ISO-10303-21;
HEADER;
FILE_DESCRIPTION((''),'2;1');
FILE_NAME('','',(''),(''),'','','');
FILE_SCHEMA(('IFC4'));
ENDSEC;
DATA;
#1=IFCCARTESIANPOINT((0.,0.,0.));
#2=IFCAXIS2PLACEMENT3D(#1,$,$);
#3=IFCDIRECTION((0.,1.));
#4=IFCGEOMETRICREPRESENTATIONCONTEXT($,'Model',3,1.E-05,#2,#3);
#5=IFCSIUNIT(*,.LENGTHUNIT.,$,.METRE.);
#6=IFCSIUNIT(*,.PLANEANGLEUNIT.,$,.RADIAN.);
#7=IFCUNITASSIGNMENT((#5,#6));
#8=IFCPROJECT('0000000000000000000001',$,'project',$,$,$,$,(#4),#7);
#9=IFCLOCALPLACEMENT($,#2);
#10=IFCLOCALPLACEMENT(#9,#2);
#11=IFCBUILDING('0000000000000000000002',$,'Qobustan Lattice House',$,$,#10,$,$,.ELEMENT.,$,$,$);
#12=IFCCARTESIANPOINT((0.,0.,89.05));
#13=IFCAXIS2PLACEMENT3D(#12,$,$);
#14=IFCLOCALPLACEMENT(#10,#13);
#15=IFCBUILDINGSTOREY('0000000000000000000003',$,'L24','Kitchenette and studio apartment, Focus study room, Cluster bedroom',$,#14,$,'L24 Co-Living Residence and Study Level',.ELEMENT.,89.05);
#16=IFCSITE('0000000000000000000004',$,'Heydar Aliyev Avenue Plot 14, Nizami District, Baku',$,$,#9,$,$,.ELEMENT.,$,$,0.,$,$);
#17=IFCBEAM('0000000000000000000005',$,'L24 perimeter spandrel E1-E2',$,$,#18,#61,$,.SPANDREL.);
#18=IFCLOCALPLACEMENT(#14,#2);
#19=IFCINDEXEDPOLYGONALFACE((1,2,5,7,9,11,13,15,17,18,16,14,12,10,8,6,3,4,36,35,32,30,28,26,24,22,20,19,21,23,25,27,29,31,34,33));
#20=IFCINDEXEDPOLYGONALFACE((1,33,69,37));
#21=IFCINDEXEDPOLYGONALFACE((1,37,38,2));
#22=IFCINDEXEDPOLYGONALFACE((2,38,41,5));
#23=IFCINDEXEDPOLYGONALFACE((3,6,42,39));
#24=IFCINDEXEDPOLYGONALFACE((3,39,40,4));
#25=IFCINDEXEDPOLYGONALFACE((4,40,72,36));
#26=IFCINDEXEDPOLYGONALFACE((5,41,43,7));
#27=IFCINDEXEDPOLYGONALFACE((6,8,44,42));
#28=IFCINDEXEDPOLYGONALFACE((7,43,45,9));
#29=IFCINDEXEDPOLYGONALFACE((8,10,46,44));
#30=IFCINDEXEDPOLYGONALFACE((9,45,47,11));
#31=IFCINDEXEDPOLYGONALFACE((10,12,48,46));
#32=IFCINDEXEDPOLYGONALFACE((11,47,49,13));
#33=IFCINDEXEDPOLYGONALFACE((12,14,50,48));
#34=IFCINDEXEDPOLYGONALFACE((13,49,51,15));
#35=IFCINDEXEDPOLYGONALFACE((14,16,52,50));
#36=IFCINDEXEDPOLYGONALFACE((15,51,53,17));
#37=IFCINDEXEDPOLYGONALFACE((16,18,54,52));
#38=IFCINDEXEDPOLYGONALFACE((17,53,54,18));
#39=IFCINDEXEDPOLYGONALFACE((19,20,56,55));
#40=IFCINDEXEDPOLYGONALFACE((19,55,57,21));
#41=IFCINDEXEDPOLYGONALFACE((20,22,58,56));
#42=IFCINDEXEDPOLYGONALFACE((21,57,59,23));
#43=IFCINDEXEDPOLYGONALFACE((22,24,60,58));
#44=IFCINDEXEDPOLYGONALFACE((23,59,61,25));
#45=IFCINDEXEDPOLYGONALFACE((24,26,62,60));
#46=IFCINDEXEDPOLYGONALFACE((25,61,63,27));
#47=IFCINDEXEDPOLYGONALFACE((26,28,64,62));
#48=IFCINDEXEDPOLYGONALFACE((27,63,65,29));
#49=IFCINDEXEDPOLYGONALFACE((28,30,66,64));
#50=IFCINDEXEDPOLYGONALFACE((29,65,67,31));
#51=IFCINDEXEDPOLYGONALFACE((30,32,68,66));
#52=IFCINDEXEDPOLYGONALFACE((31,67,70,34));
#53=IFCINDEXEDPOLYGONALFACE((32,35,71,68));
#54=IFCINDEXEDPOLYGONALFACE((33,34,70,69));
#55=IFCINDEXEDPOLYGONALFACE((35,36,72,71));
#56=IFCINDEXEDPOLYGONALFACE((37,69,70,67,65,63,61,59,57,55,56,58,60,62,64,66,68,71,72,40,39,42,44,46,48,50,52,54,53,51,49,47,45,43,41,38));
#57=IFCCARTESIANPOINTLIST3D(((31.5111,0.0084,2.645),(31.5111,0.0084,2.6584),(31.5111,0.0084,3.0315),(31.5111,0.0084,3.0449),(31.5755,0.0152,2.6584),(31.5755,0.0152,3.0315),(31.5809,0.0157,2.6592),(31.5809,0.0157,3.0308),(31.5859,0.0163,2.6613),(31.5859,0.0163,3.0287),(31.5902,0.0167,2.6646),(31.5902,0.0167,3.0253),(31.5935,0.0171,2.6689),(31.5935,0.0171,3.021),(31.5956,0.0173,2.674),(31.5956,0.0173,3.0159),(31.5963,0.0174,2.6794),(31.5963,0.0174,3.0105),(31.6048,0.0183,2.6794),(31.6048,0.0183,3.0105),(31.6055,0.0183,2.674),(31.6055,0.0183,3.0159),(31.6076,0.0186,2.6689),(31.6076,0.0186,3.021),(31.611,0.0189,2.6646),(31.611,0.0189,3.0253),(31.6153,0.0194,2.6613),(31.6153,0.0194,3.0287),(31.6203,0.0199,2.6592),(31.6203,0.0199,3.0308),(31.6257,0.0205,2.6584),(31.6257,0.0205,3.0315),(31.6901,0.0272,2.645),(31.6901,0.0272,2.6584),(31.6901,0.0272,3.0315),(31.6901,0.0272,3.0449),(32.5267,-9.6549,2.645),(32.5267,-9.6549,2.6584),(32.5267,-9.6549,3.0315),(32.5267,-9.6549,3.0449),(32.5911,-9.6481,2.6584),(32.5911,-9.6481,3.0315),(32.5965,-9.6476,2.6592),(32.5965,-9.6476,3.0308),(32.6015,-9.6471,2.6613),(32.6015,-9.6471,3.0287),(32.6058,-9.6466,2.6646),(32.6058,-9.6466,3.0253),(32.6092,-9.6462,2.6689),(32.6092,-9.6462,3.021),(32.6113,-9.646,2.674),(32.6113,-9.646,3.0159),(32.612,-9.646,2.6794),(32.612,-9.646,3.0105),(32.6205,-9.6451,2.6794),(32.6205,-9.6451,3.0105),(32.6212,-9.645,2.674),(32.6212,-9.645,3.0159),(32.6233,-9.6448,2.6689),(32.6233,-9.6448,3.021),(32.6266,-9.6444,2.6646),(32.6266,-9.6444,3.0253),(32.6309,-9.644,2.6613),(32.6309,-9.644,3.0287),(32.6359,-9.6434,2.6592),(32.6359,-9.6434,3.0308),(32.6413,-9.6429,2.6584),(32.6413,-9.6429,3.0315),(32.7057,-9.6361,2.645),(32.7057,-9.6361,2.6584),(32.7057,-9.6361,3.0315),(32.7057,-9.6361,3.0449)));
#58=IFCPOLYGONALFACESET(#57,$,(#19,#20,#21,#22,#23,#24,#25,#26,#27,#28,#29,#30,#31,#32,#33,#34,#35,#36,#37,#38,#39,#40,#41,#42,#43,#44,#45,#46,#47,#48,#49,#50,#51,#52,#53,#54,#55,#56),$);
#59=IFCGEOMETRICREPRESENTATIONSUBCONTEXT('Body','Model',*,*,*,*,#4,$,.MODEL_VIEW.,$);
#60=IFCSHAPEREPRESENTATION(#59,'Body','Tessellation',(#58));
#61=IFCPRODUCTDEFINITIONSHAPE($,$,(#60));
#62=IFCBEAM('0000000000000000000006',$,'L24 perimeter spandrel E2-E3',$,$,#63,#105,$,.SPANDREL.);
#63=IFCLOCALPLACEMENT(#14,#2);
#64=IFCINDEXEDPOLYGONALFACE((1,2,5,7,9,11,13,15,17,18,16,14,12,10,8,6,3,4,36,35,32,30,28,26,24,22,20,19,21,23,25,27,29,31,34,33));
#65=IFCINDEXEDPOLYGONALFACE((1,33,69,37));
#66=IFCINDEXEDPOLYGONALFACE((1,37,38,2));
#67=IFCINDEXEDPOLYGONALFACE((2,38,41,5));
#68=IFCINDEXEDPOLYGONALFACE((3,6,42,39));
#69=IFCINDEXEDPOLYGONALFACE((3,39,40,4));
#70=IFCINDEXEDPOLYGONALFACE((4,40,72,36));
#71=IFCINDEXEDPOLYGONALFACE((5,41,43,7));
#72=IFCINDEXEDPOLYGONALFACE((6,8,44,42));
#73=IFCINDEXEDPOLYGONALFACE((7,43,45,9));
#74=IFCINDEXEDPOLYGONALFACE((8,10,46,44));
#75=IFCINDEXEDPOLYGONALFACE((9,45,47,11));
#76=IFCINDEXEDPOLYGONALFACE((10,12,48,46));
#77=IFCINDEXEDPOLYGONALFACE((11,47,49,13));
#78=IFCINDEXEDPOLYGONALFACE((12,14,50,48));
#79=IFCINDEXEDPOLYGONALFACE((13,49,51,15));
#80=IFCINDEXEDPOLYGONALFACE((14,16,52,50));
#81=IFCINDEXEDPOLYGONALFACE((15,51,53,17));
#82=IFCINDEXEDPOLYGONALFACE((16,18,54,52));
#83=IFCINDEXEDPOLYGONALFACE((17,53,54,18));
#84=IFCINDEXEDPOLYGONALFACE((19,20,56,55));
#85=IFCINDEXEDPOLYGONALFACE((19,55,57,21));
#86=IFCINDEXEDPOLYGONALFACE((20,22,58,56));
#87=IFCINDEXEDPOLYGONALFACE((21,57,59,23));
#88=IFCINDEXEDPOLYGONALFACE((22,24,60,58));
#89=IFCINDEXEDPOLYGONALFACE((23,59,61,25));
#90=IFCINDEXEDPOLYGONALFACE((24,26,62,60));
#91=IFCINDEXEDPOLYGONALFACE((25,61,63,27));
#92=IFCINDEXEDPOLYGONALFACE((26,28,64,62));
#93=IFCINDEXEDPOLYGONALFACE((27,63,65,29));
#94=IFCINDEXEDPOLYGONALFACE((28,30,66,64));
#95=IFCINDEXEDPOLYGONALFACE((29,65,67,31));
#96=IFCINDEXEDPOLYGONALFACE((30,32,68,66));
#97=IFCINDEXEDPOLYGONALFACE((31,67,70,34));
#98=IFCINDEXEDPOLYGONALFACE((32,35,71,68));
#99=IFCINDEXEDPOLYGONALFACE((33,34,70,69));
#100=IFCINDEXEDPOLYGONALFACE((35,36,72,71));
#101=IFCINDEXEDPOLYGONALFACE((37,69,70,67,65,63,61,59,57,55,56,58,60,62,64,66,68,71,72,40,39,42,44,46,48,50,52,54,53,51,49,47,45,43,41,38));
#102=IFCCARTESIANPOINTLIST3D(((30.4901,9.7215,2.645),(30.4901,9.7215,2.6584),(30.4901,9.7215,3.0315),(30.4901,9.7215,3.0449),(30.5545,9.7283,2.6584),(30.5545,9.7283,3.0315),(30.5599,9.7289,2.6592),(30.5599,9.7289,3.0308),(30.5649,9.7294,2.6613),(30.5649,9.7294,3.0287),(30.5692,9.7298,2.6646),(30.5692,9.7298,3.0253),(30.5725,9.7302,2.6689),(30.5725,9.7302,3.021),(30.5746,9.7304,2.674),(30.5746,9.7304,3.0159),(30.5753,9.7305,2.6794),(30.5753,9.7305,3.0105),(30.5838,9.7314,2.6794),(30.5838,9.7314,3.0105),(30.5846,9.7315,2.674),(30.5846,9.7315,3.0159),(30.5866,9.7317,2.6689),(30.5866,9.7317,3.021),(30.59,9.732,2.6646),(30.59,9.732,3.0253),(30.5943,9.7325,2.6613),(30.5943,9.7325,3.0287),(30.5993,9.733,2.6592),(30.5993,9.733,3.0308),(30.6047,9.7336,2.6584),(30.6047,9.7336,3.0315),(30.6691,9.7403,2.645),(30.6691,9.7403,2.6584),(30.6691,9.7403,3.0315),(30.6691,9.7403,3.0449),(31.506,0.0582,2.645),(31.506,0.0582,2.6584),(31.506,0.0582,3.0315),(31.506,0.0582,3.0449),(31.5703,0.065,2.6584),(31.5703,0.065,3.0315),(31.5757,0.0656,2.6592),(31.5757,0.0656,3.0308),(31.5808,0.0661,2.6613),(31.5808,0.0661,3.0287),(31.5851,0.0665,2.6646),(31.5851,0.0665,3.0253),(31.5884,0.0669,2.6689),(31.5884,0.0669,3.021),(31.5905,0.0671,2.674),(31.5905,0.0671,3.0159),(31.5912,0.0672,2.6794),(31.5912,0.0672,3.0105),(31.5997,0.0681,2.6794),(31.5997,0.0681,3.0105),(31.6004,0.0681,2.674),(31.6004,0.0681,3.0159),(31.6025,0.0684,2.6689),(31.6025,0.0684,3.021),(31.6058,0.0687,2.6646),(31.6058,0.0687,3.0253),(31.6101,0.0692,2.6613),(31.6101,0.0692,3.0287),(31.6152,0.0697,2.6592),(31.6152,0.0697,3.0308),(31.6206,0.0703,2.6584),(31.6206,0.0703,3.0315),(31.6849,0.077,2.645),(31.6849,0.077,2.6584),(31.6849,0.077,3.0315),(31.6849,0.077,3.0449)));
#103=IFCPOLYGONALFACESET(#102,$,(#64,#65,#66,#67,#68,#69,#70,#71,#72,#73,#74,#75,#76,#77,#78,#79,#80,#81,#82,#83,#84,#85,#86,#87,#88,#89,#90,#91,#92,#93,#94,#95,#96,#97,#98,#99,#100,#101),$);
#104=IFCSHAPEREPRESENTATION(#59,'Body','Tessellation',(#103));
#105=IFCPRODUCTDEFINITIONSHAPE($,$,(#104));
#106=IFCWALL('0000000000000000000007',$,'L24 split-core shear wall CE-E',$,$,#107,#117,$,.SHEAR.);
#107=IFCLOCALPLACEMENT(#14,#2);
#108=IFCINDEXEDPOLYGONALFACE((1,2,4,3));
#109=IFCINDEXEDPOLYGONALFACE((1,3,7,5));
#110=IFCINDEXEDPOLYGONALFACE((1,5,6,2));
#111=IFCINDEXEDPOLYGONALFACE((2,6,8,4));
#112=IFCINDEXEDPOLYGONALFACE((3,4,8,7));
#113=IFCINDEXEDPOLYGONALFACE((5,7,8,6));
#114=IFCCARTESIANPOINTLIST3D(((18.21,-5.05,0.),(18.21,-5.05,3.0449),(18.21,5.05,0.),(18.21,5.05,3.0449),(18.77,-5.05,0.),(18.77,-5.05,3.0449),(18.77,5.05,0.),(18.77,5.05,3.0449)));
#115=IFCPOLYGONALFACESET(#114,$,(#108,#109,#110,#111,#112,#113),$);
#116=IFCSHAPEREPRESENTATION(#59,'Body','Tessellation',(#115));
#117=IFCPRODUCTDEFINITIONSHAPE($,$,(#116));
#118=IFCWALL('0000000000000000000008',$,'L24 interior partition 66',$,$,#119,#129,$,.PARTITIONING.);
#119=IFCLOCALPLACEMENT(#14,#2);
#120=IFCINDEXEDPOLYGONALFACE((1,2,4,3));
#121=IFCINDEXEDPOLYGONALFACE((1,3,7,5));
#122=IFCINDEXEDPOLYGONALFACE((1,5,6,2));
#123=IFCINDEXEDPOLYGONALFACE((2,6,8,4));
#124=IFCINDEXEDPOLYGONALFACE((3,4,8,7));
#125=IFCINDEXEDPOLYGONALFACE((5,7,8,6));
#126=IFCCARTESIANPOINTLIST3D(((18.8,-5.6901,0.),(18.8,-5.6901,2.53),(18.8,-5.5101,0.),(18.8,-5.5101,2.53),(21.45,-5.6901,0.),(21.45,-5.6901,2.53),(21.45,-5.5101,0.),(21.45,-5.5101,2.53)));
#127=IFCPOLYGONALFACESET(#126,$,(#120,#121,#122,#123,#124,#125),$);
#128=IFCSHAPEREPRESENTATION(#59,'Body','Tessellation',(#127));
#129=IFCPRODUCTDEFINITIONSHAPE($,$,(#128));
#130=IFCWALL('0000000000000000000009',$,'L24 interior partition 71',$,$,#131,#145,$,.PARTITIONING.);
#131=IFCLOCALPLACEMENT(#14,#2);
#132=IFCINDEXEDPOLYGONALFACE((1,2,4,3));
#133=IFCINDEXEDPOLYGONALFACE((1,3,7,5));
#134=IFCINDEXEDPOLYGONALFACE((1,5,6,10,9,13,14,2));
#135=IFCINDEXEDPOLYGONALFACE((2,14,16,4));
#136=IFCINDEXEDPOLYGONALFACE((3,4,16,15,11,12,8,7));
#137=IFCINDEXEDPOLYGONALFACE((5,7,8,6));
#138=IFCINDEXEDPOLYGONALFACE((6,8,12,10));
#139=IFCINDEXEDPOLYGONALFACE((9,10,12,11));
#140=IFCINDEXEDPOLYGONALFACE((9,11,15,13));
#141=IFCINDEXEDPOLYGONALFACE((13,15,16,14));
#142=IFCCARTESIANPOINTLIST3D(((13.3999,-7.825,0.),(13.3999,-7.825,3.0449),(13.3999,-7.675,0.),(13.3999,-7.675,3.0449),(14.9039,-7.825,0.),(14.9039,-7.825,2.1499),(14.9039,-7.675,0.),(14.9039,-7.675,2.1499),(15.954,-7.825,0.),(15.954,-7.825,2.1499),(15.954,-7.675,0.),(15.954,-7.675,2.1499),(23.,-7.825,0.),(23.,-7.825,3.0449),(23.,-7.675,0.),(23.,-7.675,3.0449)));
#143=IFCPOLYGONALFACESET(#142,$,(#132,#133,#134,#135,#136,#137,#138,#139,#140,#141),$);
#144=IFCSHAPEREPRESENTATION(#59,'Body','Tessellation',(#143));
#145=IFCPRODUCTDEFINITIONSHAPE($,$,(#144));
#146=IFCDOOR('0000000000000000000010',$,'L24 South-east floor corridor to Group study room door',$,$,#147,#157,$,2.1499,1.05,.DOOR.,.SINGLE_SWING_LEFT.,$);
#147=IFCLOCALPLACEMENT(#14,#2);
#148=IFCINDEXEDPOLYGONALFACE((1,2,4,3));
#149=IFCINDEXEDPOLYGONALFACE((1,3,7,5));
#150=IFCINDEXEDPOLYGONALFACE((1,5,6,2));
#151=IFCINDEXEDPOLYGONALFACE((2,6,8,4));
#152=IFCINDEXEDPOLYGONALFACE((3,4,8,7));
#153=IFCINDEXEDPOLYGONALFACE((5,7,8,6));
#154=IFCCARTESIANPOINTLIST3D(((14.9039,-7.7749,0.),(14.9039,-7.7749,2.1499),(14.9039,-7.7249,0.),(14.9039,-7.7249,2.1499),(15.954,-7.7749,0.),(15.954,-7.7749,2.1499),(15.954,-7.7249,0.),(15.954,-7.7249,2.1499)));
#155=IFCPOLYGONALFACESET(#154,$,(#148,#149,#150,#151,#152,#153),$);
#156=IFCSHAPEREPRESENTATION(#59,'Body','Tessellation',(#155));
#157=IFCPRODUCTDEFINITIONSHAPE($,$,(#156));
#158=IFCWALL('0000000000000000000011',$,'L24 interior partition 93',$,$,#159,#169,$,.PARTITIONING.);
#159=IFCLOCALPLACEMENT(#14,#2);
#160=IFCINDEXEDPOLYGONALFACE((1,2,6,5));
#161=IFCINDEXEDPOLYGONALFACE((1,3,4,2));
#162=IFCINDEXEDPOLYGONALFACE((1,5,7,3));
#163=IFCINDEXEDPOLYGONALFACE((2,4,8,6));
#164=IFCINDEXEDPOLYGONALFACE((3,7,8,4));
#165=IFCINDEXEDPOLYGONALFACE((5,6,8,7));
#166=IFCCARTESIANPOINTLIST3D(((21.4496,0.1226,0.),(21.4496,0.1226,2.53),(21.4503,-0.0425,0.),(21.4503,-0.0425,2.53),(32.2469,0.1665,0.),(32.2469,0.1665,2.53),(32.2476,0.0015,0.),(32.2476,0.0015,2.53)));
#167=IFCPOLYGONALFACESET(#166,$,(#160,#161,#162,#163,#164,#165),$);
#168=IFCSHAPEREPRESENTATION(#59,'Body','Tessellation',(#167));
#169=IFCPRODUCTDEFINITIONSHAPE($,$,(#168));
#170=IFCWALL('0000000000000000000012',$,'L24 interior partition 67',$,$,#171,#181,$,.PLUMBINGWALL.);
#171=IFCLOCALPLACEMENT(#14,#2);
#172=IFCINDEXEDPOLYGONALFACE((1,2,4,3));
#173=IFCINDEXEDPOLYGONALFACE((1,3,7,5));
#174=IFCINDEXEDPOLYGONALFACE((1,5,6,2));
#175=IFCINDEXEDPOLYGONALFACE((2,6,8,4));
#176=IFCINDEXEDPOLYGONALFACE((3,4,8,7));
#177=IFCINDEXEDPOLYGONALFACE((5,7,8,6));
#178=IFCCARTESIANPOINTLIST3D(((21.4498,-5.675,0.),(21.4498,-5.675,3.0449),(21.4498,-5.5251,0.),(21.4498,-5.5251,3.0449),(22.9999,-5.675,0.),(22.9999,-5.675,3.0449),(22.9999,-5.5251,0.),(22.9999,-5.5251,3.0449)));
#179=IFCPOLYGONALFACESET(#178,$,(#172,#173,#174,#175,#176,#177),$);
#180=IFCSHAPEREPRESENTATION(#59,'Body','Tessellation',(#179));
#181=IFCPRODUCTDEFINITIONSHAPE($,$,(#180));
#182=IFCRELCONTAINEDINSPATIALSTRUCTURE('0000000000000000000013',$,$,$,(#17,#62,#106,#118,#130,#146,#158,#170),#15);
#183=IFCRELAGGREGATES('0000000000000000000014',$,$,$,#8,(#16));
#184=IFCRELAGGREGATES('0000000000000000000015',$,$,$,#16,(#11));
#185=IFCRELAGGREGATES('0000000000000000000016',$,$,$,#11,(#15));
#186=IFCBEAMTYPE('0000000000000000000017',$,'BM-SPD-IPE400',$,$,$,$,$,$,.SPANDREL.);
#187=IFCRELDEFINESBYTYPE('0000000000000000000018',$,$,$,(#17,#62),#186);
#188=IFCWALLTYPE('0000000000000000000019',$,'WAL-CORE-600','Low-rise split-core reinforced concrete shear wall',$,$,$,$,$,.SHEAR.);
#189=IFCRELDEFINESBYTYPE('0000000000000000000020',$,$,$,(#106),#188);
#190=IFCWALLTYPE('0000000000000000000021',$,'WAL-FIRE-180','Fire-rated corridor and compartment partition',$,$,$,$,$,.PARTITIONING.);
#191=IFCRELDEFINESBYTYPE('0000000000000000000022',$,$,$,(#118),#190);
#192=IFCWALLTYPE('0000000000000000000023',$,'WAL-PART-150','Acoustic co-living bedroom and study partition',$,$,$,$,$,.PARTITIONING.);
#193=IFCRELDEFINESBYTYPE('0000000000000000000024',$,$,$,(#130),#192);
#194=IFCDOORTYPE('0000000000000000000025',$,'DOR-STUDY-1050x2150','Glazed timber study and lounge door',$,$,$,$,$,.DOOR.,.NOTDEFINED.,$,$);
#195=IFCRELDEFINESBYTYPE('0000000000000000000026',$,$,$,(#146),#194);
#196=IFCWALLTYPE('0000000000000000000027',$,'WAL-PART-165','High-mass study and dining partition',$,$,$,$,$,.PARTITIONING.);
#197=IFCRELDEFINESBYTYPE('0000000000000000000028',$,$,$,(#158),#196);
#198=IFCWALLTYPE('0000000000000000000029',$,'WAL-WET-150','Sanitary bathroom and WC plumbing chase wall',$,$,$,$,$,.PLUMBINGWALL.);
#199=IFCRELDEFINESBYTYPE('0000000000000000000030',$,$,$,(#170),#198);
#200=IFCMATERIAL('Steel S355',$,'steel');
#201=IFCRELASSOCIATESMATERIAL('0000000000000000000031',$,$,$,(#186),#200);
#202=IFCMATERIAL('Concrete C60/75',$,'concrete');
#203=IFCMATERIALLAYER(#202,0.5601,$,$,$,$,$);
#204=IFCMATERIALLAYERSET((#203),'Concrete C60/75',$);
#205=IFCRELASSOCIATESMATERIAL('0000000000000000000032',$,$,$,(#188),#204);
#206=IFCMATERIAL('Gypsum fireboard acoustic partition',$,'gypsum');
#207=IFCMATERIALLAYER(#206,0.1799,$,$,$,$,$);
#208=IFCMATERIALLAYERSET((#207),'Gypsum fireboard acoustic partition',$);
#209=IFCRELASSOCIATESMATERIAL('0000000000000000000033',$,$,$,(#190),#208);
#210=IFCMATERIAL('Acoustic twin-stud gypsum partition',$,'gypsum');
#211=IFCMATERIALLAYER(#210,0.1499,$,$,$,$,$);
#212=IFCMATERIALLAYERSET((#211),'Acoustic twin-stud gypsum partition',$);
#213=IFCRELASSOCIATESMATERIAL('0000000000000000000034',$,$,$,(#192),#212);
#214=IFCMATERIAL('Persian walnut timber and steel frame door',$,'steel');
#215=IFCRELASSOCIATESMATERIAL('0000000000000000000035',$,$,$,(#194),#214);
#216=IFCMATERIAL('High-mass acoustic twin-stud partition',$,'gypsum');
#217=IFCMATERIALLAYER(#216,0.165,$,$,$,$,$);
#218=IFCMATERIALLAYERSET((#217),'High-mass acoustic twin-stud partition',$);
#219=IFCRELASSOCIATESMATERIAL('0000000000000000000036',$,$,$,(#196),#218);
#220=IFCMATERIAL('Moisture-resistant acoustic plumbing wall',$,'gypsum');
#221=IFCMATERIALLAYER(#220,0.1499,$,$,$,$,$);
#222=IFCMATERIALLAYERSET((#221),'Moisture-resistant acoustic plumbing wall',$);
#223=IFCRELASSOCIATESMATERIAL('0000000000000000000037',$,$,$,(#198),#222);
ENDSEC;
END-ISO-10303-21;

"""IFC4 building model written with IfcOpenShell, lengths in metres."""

from ifc_helpers import new_model, si_unit, direction, frame, frame_2d, origin, origin_2d, place, context, subcontext, project, spatial, rectangle, i_section, extrude, material, layer, layer_set, material_profile, profile_set, type_object, element, fill, save


model = new_model("IFC4")

# Units and contexts
model_context = context("Model", 3, precision=1e-05, world=origin(), true_north=direction((0.0, 1.0)))
body_context = subcontext(model_context, "Body", "Model", "MODEL_VIEW")
ifc_project = project(units=[si_unit("LENGTHUNIT", "METRE"), si_unit("PLANEANGLEUNIT", "RADIAN")], contexts=[model_context])

# Site, building, storey
site_placement = place(None, origin())
site = spatial("IfcSite", under=ifc_project, at=site_placement, Name="Heydar Aliyev Avenue Plot 14, Nizami District, Baku", CompositionType="ELEMENT", RefElevation=0.0)
building_placement = place(site_placement, origin())
building = spatial("IfcBuilding", under=site, at=building_placement, Name="Qobustan Lattice House", CompositionType="ELEMENT")
storey_placement = place(building_placement, frame((0.0, 0.0, 89.05)))
storey = spatial("IfcBuildingStorey", under=building, at=storey_placement, Name="L24", Description="Kitchenette and studio apartment, Focus study room, Cluster bedroom", LongName="L24 Co-Living Residence and Study Level", CompositionType="ELEMENT", Elevation=89.05)

# Beams
ifc_material_1 = material(Name="Steel S355", Category="steel")
ifc_material_profile_1 = material_profile(ifc_material_1, i_section(OverallWidth=0.1799, OverallDepth=0.3999, WebThickness=0.0085, FlangeThickness=0.0134, FilletRadius=0.021, at=origin_2d()), Name="IPE400")
ifc_profile_set_1 = profile_set([ifc_material_profile_1], Name="Steel S355")
beam_type_1 = type_object("IfcBeamType", Name="BM-SPD-IPE400", PredefinedType="SPANDREL", material=ifc_profile_set_1)
for number, where, z_axis, x_axis, name in (
    (1, (32.6162, -9.6455, 2.845), (-0.104525, 0.994522, 0.0), (-0.994522, -0.104525, 0.0), "L24 perimeter spandrel E1-E2"),
    (2, (31.5955, 0.0676, 2.845), (-0.10455, 0.99452, 0.0), (-0.99452, -0.10455, 0.0), "L24 perimeter spandrel E2-E3"),
):
    element("IfcBeam", number, at=place(storey_placement, frame(where, z_axis=z_axis, x_axis=x_axis)), inside=storey, type_object=beam_type_1, Name=name, PredefinedType="SPANDREL", context=body_context, shape_type="SweptSolid", body=[
        extrude(i_section(OverallWidth=0.1799, OverallDepth=0.3999, WebThickness=0.0085, FlangeThickness=0.0134, FilletRadius=0.021, at=origin_2d()), origin(), (0.0, 0.0, 1.0), 9.7166),
    ])

# Walls
ifc_material_2 = material(Name="Concrete C60/75", Category="concrete")
ifc_layer_1 = layer(ifc_material_2, 0.5601)
ifc_layer_set_1 = layer_set([ifc_layer_1], Name="Concrete C60/75")
wall_type_1 = type_object("IfcWallType", Name="WAL-CORE-600", Description="Low-rise split-core reinforced concrete shear wall", PredefinedType="SHEAR", material=ifc_layer_set_1)
wall_1_placement = place(storey_placement, frame((18.49, -5.05, 0.0), z_axis=(0.0, 0.0, 1.0), x_axis=(0.0, 1.0, 0.0)))
element("IfcWall", 3, at=wall_1_placement, inside=storey, type_object=wall_type_1, Name="L24 split-core shear wall CE-E", PredefinedType="SHEAR", context=body_context, shape_type="SweptSolid", body=[
    extrude(rectangle(XDim=10.1001, YDim=0.5601, at=frame_2d((5.05, 0.0))), origin(), (0.0, 0.0, 1.0), 3.0449),
])
ifc_material_3 = material(Name="Gypsum fireboard acoustic partition", Category="gypsum")
ifc_layer_2 = layer(ifc_material_3, 0.1799)
ifc_layer_set_2 = layer_set([ifc_layer_2], Name="Gypsum fireboard acoustic partition")
wall_type_2 = type_object("IfcWallType", Name="WAL-FIRE-180", Description="Fire-rated corridor and compartment partition", PredefinedType="PARTITIONING", material=ifc_layer_set_2)
wall_2_placement = place(storey_placement, frame((18.8, -5.6001, 0.0), z_axis=(0.0, 0.0, 1.0), x_axis=(1.0, 0.0, 0.0)))
element("IfcWall", 4, at=wall_2_placement, inside=storey, type_object=wall_type_2, Name="L24 interior partition 66", PredefinedType="PARTITIONING", context=body_context, shape_type="SweptSolid", body=[
    extrude(rectangle(XDim=2.6499, YDim=0.1799, at=frame_2d((1.325, 0.0))), origin(), (0.0, 0.0, 1.0), 2.53),
])

# Wall, opening, door
ifc_material_4 = material(Name="Acoustic twin-stud gypsum partition", Category="gypsum")
ifc_layer_3 = layer(ifc_material_4, 0.1499)
ifc_layer_set_3 = layer_set([ifc_layer_3], Name="Acoustic twin-stud gypsum partition")
wall_type_3 = type_object("IfcWallType", Name="WAL-PART-150", Description="Acoustic co-living bedroom and study partition", PredefinedType="PARTITIONING", material=ifc_layer_set_3)
wall_3_placement = place(storey_placement, frame((23.0, -7.75, 0.0), z_axis=(0.0, 0.0, 1.0), x_axis=(-1.0, 0.0, 0.0)))
wall_3 = element("IfcWall", 5, at=wall_3_placement, inside=storey, type_object=wall_type_3, Name="L24 interior partition 71", PredefinedType="PARTITIONING", context=body_context, shape_type="SweptSolid", body=[
    extrude(rectangle(XDim=9.6001, YDim=0.1499, at=frame_2d((4.8, 0.0))), origin(), (0.0, 0.0, 1.0), 3.0449),
])
opening_1_placement = place(wall_3_placement, frame((7.0461, 0.0, 0.0)))
opening_1 = element("IfcOpeningElement", 6, at=opening_1_placement, cuts=wall_3, PredefinedType="OPENING", context=body_context, shape_type="SweptSolid", body=[
    extrude(rectangle(XDim=1.05, YDim=2.1499, at=frame_2d((0.5249, 1.075))), frame((0.0, 0.085, 0.0), z_axis=(0.0, -1.0, 0.0), x_axis=(1.0, 0.0, 0.0)), (0.0, 0.0, 1.0), 0.1699),
])
ifc_material_5 = material(Name="Persian walnut timber and steel frame door", Category="steel")
door_type_1 = type_object("IfcDoorType", Name="DOR-STUDY-1050x2150", Description="Glazed timber study and lounge door", OperationType="NOTDEFINED", PredefinedType="DOOR", material=ifc_material_5)
door_1_placement = place(opening_1_placement, origin())
door_1 = element("IfcDoor", 7, at=door_1_placement, inside=storey, type_object=door_type_1, Name="L24 South-east floor corridor to Group study room door", OperationType="SINGLE_SWING_LEFT", OverallHeight=2.1499, OverallWidth=1.05, PredefinedType="DOOR", context=body_context, shape_type="SweptSolid", body=[
    extrude(rectangle(XDim=1.05, YDim=2.1499, at=frame_2d((0.5249, 1.075))), frame((0.0, 0.0249, 0.0), z_axis=(0.0, -1.0, 0.0), x_axis=(1.0, 0.0, 0.0)), (0.0, 0.0, 1.0), 0.05),
])
fill(opening_1, door_1)
ifc_material_6 = material(Name="High-mass acoustic twin-stud partition", Category="gypsum")
ifc_layer_4 = layer(ifc_material_6, 0.165)
ifc_layer_set_4 = layer_set([ifc_layer_4], Name="High-mass acoustic twin-stud partition")
wall_type_4 = type_object("IfcWallType", Name="WAL-PART-165", Description="High-mass study and dining partition", PredefinedType="PARTITIONING", material=ifc_layer_set_4)

# Walls
wall_4_placement = place(storey_placement, frame((21.45, 0.04, 0.0), z_axis=(0.0, 0.0, 1.0), x_axis=(0.999992, 0.00407, 0.0)))
element("IfcWall", 8, at=wall_4_placement, inside=storey, type_object=wall_type_4, Name="L24 interior partition 93", PredefinedType="PARTITIONING", context=body_context, shape_type="SweptSolid", body=[
    extrude(rectangle(XDim=10.7974, YDim=0.165, at=frame_2d((5.3987, 0.0))), origin(), (0.0, 0.0, 1.0), 2.53),
])
ifc_material_7 = material(Name="Moisture-resistant acoustic plumbing wall", Category="gypsum")
ifc_layer_5 = layer(ifc_material_7, 0.1499)
ifc_layer_set_5 = layer_set([ifc_layer_5], Name="Moisture-resistant acoustic plumbing wall")
wall_type_5 = type_object("IfcWallType", Name="WAL-WET-150", Description="Sanitary bathroom and WC plumbing chase wall", PredefinedType="PLUMBINGWALL", material=ifc_layer_set_5)
wall_5_placement = place(storey_placement, frame((21.45, -5.6001, 0.0), z_axis=(0.0, 0.0, 1.0), x_axis=(1.0, 0.0, 0.0)))
element("IfcWall", 9, at=wall_5_placement, inside=storey, type_object=wall_type_5, Name="L24 interior partition 67", PredefinedType="PLUMBINGWALL", context=body_context, shape_type="SweptSolid", body=[
    extrude(rectangle(XDim=1.55, YDim=0.1499, at=frame_2d((0.7749, 0.0))), origin(), (0.0, 0.0, 1.0), 3.0449),
])

save(model, "model.ifc")
